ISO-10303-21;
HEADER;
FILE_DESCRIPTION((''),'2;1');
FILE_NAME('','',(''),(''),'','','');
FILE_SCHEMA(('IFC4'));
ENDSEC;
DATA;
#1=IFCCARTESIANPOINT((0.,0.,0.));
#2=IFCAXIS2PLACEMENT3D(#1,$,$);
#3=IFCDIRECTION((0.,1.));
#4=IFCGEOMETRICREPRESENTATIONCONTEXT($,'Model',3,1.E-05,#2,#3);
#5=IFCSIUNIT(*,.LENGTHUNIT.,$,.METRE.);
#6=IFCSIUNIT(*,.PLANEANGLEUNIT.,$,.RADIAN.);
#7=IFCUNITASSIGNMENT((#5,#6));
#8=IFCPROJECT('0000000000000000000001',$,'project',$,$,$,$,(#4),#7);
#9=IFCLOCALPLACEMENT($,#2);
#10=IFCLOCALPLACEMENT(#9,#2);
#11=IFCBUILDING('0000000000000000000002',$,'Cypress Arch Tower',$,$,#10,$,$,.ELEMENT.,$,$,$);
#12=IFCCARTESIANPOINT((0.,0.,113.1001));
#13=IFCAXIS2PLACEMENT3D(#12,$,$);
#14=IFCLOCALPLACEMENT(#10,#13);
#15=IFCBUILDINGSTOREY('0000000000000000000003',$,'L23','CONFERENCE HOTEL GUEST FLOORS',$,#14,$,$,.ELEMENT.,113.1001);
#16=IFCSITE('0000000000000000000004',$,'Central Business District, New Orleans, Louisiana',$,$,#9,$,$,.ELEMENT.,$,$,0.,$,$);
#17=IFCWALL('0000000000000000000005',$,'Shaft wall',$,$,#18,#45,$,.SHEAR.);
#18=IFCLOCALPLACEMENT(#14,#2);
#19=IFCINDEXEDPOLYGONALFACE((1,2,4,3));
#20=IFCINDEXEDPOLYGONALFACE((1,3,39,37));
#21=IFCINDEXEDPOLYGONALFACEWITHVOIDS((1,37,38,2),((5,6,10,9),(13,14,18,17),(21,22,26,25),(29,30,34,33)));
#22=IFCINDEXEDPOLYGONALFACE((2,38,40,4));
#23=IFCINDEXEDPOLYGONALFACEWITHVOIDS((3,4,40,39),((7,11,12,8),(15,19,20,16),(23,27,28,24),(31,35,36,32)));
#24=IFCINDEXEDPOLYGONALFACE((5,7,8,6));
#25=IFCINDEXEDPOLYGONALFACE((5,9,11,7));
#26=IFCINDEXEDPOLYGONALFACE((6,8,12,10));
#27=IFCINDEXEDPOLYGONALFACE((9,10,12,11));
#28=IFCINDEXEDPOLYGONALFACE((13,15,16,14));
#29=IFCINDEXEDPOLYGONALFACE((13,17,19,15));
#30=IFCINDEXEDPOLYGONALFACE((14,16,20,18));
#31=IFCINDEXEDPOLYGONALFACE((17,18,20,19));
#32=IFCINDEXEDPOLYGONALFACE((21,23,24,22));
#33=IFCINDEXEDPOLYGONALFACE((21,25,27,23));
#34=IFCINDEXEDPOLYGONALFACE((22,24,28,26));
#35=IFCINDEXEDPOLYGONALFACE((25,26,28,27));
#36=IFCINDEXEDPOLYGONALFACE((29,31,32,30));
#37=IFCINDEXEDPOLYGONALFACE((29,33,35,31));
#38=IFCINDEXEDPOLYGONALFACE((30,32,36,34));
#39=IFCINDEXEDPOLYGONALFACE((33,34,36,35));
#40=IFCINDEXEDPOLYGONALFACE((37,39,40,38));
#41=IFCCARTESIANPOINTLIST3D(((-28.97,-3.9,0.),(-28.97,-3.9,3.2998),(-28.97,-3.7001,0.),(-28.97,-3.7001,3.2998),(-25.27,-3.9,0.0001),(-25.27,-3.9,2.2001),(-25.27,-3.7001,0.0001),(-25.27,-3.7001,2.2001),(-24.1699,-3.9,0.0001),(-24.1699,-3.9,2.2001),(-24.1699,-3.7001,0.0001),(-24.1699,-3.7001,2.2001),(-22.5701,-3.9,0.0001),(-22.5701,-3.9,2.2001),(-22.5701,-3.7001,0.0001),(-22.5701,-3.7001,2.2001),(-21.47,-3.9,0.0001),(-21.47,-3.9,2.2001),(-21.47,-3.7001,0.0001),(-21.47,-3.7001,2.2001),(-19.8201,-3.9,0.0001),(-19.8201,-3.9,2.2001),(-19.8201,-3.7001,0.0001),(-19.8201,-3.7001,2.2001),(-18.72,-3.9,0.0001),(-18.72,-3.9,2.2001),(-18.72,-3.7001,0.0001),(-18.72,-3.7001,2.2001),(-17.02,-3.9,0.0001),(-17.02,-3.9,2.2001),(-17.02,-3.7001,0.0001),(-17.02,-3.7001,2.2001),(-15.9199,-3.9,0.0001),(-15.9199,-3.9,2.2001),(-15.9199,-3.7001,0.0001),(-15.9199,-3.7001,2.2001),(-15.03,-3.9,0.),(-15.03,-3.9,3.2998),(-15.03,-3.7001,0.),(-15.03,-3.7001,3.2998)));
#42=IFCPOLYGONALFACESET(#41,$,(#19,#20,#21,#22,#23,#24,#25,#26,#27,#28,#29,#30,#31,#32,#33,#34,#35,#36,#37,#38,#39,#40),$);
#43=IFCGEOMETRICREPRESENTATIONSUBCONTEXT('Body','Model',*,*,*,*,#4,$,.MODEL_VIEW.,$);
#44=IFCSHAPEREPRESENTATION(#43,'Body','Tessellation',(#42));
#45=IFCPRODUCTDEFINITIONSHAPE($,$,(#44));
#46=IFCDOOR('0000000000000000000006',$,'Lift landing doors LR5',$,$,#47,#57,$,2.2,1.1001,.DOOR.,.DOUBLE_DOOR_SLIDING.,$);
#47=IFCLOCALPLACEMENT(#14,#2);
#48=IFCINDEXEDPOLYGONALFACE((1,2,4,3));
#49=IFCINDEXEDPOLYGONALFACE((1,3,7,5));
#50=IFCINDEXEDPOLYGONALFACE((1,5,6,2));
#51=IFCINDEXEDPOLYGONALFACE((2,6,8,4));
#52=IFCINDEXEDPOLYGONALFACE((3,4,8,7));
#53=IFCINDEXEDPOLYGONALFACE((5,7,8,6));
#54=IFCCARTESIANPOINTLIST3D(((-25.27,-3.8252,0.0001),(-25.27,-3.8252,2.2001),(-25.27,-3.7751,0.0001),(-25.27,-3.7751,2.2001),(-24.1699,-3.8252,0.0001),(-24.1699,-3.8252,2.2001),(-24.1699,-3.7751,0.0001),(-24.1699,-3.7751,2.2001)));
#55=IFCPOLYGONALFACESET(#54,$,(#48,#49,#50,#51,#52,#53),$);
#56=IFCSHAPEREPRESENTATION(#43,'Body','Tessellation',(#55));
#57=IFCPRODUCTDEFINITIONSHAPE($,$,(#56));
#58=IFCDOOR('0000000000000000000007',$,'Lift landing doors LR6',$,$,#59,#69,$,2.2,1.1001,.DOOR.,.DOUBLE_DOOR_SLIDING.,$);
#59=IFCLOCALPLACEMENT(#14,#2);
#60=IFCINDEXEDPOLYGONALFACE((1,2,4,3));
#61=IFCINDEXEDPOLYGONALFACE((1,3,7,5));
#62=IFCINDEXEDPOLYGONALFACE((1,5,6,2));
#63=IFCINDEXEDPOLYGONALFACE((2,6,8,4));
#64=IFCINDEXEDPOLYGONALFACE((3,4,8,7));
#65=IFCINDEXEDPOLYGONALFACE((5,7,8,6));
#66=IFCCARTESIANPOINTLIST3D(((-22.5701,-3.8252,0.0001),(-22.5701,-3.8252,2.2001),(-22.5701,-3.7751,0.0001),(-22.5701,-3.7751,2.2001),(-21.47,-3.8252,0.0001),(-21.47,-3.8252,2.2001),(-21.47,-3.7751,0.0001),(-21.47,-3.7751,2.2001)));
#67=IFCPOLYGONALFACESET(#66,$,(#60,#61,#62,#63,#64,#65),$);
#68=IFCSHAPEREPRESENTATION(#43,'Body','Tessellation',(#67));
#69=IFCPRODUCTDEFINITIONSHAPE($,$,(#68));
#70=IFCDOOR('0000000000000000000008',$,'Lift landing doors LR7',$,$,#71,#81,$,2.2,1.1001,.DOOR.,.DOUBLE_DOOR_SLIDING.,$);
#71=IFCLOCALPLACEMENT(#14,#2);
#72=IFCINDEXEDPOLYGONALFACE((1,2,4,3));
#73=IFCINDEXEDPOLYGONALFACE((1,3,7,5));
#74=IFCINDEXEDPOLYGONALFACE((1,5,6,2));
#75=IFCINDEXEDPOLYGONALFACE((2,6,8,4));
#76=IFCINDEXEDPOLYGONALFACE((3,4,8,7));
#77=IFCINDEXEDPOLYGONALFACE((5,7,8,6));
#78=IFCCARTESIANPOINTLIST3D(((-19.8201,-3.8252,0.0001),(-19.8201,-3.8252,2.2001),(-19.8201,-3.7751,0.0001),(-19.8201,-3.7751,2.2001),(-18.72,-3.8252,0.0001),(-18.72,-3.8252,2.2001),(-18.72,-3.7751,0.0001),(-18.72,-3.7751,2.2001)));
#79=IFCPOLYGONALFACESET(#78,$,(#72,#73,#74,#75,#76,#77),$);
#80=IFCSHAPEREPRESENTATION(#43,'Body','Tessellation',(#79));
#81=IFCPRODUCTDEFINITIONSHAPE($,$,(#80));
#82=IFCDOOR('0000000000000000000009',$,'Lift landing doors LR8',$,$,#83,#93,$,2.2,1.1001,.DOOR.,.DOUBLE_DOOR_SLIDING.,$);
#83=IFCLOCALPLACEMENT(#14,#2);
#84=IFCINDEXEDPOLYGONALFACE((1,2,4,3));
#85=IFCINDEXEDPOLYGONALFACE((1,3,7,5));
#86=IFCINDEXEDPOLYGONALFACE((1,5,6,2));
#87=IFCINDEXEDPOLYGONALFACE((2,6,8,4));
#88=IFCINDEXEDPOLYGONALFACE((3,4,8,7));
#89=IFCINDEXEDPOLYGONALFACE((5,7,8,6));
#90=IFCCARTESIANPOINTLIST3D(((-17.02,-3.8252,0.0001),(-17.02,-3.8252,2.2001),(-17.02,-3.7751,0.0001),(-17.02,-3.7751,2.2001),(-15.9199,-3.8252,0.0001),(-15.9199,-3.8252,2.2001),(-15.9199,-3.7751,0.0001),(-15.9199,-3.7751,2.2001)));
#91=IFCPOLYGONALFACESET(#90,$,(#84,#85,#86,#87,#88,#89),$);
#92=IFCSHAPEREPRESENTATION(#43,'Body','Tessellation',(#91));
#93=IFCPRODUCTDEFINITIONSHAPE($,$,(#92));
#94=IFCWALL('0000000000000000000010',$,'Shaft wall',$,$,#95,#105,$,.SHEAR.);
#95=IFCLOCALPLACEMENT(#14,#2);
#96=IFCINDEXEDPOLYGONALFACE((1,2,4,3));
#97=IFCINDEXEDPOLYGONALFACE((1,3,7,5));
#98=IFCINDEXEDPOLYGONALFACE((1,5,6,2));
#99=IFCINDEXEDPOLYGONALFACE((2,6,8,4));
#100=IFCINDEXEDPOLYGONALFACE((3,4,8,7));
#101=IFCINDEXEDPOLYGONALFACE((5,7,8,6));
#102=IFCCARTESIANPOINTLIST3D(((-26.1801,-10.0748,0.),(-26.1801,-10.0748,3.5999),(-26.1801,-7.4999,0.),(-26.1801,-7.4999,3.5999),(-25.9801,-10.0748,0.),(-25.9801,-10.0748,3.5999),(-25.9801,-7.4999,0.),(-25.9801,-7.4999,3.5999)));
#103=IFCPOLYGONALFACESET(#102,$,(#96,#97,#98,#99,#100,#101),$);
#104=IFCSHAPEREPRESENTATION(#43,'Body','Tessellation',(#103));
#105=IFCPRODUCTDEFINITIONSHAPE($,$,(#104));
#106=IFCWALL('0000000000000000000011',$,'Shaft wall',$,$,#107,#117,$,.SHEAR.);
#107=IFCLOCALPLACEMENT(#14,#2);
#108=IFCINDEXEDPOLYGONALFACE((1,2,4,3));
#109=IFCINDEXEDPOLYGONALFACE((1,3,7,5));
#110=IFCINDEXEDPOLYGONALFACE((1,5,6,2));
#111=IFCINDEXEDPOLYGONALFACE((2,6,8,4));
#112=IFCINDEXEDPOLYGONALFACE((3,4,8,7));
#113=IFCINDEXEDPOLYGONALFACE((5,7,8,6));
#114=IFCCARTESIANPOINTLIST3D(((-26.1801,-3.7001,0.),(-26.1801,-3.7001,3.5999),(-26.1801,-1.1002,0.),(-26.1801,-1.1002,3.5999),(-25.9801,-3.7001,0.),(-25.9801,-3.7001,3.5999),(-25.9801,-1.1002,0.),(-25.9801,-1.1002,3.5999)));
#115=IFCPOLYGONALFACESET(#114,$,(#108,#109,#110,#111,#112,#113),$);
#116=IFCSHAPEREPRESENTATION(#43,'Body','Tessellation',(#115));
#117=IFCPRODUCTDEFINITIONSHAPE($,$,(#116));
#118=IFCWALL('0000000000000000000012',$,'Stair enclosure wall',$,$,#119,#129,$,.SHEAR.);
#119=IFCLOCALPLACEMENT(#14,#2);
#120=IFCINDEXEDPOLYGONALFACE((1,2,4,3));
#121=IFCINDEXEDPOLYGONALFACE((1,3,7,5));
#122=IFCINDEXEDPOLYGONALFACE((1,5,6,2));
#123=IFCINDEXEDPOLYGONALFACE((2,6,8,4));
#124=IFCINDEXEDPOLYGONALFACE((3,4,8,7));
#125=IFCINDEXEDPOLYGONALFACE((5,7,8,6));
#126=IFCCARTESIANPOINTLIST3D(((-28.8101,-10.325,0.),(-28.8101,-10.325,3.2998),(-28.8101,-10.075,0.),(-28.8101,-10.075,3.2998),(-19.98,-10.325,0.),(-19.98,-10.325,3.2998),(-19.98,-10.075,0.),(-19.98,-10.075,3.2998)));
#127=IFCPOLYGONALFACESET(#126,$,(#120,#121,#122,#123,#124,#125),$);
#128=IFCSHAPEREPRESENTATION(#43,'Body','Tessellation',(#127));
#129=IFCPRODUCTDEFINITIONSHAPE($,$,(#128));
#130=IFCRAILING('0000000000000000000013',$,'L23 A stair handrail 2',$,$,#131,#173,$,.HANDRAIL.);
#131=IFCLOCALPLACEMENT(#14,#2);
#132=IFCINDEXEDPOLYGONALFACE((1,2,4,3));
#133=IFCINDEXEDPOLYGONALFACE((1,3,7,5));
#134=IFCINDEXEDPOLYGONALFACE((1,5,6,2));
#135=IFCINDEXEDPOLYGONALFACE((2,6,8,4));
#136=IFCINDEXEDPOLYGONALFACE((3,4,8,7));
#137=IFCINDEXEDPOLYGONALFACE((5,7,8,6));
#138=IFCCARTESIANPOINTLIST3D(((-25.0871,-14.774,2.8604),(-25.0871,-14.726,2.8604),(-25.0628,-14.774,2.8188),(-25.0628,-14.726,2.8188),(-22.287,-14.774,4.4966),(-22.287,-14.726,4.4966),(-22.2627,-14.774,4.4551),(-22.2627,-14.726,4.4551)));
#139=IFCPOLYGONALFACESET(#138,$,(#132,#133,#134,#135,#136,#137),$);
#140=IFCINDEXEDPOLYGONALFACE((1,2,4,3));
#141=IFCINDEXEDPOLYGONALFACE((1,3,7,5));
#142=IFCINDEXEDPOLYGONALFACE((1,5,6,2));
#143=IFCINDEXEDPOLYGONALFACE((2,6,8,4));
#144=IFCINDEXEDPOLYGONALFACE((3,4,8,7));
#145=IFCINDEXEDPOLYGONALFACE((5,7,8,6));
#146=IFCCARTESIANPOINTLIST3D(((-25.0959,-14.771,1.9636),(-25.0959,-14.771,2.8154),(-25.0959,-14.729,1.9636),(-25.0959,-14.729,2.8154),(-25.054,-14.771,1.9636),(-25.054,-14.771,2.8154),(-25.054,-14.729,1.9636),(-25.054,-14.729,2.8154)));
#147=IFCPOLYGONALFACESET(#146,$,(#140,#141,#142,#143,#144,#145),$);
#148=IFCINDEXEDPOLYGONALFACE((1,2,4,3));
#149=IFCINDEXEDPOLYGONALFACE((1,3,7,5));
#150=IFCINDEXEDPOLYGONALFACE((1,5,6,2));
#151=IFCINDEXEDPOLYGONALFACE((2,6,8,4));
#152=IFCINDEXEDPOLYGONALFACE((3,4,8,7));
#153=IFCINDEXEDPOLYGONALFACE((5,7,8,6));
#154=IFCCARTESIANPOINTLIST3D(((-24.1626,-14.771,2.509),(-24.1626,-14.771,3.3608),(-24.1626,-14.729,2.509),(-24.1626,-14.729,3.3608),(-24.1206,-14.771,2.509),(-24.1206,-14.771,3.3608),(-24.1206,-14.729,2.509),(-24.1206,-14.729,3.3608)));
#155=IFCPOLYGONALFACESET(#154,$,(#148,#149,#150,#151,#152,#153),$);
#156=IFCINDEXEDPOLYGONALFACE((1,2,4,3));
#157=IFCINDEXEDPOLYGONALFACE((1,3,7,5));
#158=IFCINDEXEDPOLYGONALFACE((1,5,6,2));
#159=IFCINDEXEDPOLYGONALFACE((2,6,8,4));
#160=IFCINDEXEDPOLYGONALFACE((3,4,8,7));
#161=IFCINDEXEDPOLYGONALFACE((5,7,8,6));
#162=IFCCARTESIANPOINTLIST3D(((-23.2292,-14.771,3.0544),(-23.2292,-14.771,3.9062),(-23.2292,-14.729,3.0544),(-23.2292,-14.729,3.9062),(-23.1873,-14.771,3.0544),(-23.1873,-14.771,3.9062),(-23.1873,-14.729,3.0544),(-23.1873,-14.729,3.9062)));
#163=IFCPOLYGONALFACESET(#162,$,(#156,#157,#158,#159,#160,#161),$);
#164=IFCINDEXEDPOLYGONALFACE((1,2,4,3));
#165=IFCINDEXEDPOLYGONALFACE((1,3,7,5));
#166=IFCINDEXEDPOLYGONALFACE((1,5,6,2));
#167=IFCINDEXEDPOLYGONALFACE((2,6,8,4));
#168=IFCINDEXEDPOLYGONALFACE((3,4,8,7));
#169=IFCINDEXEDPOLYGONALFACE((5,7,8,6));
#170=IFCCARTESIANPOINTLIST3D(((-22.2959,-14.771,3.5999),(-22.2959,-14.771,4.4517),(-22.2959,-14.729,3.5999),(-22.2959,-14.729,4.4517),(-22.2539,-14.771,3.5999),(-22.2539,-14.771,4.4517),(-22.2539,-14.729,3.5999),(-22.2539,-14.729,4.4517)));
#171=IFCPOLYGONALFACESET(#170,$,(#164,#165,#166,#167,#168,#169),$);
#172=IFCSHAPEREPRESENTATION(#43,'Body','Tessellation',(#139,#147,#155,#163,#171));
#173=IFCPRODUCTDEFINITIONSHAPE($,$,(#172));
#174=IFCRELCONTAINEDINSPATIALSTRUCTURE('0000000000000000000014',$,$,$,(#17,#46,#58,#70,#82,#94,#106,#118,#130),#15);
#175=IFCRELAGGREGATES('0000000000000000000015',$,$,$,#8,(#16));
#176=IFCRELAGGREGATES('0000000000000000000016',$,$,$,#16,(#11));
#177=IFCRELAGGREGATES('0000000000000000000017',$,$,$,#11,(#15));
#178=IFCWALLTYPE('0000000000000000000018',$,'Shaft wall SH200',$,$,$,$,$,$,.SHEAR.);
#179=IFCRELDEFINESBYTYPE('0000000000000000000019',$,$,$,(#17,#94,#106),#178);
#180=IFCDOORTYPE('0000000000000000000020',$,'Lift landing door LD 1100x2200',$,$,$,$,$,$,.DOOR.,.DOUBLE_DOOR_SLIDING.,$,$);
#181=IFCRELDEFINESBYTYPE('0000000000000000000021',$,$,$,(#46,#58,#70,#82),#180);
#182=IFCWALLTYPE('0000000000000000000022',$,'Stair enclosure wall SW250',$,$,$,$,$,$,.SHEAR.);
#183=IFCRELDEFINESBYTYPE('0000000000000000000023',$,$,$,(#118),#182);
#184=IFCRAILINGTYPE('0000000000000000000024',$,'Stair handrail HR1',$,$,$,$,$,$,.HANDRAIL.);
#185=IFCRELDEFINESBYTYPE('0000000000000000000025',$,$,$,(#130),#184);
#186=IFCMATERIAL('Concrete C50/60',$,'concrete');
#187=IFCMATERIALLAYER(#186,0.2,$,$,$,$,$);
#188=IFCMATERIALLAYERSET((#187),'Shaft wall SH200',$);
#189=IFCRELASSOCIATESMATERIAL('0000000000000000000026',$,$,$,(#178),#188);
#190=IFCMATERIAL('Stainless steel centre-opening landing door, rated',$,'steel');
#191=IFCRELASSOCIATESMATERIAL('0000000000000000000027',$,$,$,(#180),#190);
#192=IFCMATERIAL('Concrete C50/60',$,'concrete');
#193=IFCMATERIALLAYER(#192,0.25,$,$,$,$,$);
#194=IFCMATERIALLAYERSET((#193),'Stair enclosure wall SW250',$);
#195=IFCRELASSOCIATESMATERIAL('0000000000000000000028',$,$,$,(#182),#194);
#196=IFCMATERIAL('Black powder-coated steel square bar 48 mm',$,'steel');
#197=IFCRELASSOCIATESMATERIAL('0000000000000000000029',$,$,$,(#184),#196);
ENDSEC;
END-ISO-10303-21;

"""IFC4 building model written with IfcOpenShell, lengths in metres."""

from ifc_helpers import new_model, si_unit, direction, frame, frame_2d, origin, origin_2d, place, context, subcontext, project, spatial, rectangle, extrude, material, layer, layer_set, type_object, element, fill, save


model = new_model("IFC4")

# Units and contexts
model_context = context("Model", 3, precision=1e-05, world=origin(), true_north=direction((0.0, 1.0)))
body_context = subcontext(model_context, "Body", "Model", "MODEL_VIEW")
ifc_project = project(units=[si_unit("LENGTHUNIT", "METRE"), si_unit("PLANEANGLEUNIT", "RADIAN")], contexts=[model_context])

# Site, building, storey
site_placement = place(None, origin())
site = spatial("IfcSite", under=ifc_project, at=site_placement, Name="Central Business District, New Orleans, Louisiana", CompositionType="ELEMENT", RefElevation=0.0)
building_placement = place(site_placement, origin())
building = spatial("IfcBuilding", under=site, at=building_placement, Name="Cypress Arch Tower", CompositionType="ELEMENT")
storey_placement = place(building_placement, frame((0.0, 0.0, 113.1001)))
storey = spatial("IfcBuildingStorey", under=building, at=storey_placement, Name="L23", Description="CONFERENCE HOTEL GUEST FLOORS", CompositionType="ELEMENT", Elevation=113.1001)

# Wall, openings, doors
ifc_material_1 = material(Name="Concrete C50/60", Category="concrete")
ifc_layer_1 = layer(ifc_material_1, 0.2)
ifc_layer_set_1 = layer_set([ifc_layer_1], Name="Shaft wall SH200")
wall_type_1 = type_object("IfcWallType", Name="Shaft wall SH200", PredefinedType="SHEAR", material=ifc_layer_set_1)
ifc_material_2 = material(Name="Stainless steel centre-opening landing door, rated", Category="steel")
door_type_1 = type_object("IfcDoorType", Name="Lift landing door LD 1100x2200", OperationType="DOUBLE_DOOR_SLIDING", PredefinedType="DOOR", material=ifc_material_2)
wall_1_placement = place(storey_placement, frame((-28.97, -3.8, 0.0), z_axis=(0.0, 0.0, 1.0), x_axis=(1.0, 0.0, 0.0)))
wall_1 = element("IfcWall", 1, at=wall_1_placement, inside=storey, type_object=wall_type_1, Name="Shaft wall", PredefinedType="SHEAR", context=body_context, shape_type="SweptSolid", body=[
    extrude(rectangle(XDim=13.9399, YDim=0.2, at=frame_2d((6.97, 0.0))), origin(), (0.0, 0.0, 1.0), 3.2998),
])
opening_1_placement = place(wall_1_placement, frame((3.7, 0.0, 0.0)))
opening_1 = element("IfcOpeningElement", 2, at=opening_1_placement, cuts=wall_1, PredefinedType="OPENING", context=body_context, shape_type="SweptSolid", body=[
    extrude(rectangle(XDim=1.1001, YDim=2.2, at=frame_2d((0.55, 1.1001))), frame((0.0, 0.1099, 0.0), z_axis=(0.0, -1.0, 0.0), x_axis=(1.0, 0.0, 0.0)), (0.0, 0.0, 1.0), 0.22),
])
opening_2_placement = place(wall_1_placement, frame((6.3999, 0.0, 0.0)))
opening_2 = element("IfcOpeningElement", 3, at=opening_2_placement, cuts=wall_1, PredefinedType="OPENING", context=body_context, shape_type="SweptSolid", body=[
    extrude(rectangle(XDim=1.1001, YDim=2.2, at=frame_2d((0.55, 1.1001))), frame((0.0, 0.1099, 0.0), z_axis=(0.0, -1.0, 0.0), x_axis=(1.0, 0.0, 0.0)), (0.0, 0.0, 1.0), 0.22),
])
opening_3_placement = place(wall_1_placement, frame((9.1499, 0.0, 0.0)))
opening_3 = element("IfcOpeningElement", 4, at=opening_3_placement, cuts=wall_1, PredefinedType="OPENING", context=body_context, shape_type="SweptSolid", body=[
    extrude(rectangle(XDim=1.1001, YDim=2.2, at=frame_2d((0.55, 1.1001))), frame((0.0, 0.1099, 0.0), z_axis=(0.0, -1.0, 0.0), x_axis=(1.0, 0.0, 0.0)), (0.0, 0.0, 1.0), 0.22),
])
opening_4_placement = place(wall_1_placement, frame((11.95, 0.0, 0.0)))
opening_4 = element("IfcOpeningElement", 5, at=opening_4_placement, cuts=wall_1, PredefinedType="OPENING", context=body_context, shape_type="SweptSolid", body=[
    extrude(rectangle(XDim=1.1001, YDim=2.2, at=frame_2d((0.55, 1.1001))), frame((0.0, 0.1099, 0.0), z_axis=(0.0, -1.0, 0.0), x_axis=(1.0, 0.0, 0.0)), (0.0, 0.0, 1.0), 0.22),
])
door_1_placement = place(opening_1_placement, origin())
door_1 = element("IfcDoor", 6, at=door_1_placement, inside=storey, type_object=door_type_1, Name="Lift landing doors LR5", OperationType="DOUBLE_DOOR_SLIDING", OverallHeight=2.2, OverallWidth=1.1001, PredefinedType="DOOR", context=body_context, shape_type="SweptSolid", body=[
    extrude(rectangle(XDim=1.1001, YDim=2.2, at=frame_2d((0.55, 1.1001))), frame((0.0, 0.0249, 0.0), z_axis=(0.0, -1.0, 0.0), x_axis=(1.0, 0.0, 0.0)), (0.0, 0.0, 1.0), 0.05),
])
fill(opening_1, door_1)
door_2_placement = place(opening_2_placement, origin())
door_2 = element("IfcDoor", 7, at=door_2_placement, inside=storey, type_object=door_type_1, Name="Lift landing doors LR6", OperationType="DOUBLE_DOOR_SLIDING", OverallHeight=2.2, OverallWidth=1.1001, PredefinedType="DOOR", context=body_context, shape_type="SweptSolid", body=[
    extrude(rectangle(XDim=1.1001, YDim=2.2, at=frame_2d((0.55, 1.1001))), frame((0.0, 0.0249, 0.0), z_axis=(0.0, -1.0, 0.0), x_axis=(1.0, 0.0, 0.0)), (0.0, 0.0, 1.0), 0.05),
])
fill(opening_2, door_2)
door_3_placement = place(opening_3_placement, origin())
door_3 = element("IfcDoor", 8, at=door_3_placement, inside=storey, type_object=door_type_1, Name="Lift landing doors LR7", OperationType="DOUBLE_DOOR_SLIDING", OverallHeight=2.2, OverallWidth=1.1001, PredefinedType="DOOR", context=body_context, shape_type="SweptSolid", body=[
    extrude(rectangle(XDim=1.1001, YDim=2.2, at=frame_2d((0.55, 1.1001))), frame((0.0, 0.0249, 0.0), z_axis=(0.0, -1.0, 0.0), x_axis=(1.0, 0.0, 0.0)), (0.0, 0.0, 1.0), 0.05),
])
fill(opening_3, door_3)
door_4_placement = place(opening_4_placement, origin())
door_4 = element("IfcDoor", 9, at=door_4_placement, inside=storey, type_object=door_type_1, Name="Lift landing doors LR8", OperationType="DOUBLE_DOOR_SLIDING", OverallHeight=2.2, OverallWidth=1.1001, PredefinedType="DOOR", context=body_context, shape_type="SweptSolid", body=[
    extrude(rectangle(XDim=1.1001, YDim=2.2, at=frame_2d((0.55, 1.1001))), frame((0.0, 0.0249, 0.0), z_axis=(0.0, -1.0, 0.0), x_axis=(1.0, 0.0, 0.0)), (0.0, 0.0, 1.0), 0.05),
])
fill(opening_4, door_4)

# Walls
wall_2_placement = place(storey_placement, frame((-26.0801, -10.075, 0.0), z_axis=(0.0, 0.0, 1.0), x_axis=(0.0, 1.0, 0.0)))
element("IfcWall", 10, at=wall_2_placement, inside=storey, type_object=wall_type_1, Name="Shaft wall", PredefinedType="SHEAR", context=body_context, shape_type="SweptSolid", body=[
    extrude(rectangle(XDim=2.575, YDim=0.2, at=frame_2d((1.2876, 0.0))), origin(), (0.0, 0.0, 1.0), 3.5999),
])
wall_3_placement = place(storey_placement, frame((-26.0801, -3.7, 0.0), z_axis=(0.0, 0.0, 1.0), x_axis=(0.0, 1.0, 0.0)))
element("IfcWall", 11, at=wall_3_placement, inside=storey, type_object=wall_type_1, Name="Shaft wall", PredefinedType="SHEAR", context=body_context, shape_type="SweptSolid", body=[
    extrude(rectangle(XDim=2.5999, YDim=0.2, at=frame_2d((1.2998, 0.0))), origin(), (0.0, 0.0, 1.0), 3.5999),
])
ifc_material_3 = material(Name="Concrete C50/60", Category="concrete")
ifc_layer_2 = layer(ifc_material_3, 0.25)
ifc_layer_set_2 = layer_set([ifc_layer_2], Name="Stair enclosure wall SW250")
wall_type_2 = type_object("IfcWallType", Name="Stair enclosure wall SW250", PredefinedType="SHEAR", material=ifc_layer_set_2)
wall_4_placement = place(storey_placement, frame((-28.8101, -10.2, 0.0), z_axis=(0.0, 0.0, 1.0), x_axis=(1.0, 0.0, 0.0)))
element("IfcWall", 12, at=wall_4_placement, inside=storey, type_object=wall_type_2, Name="Stair enclosure wall", PredefinedType="SHEAR", context=body_context, shape_type="SweptSolid", body=[
    extrude(rectangle(XDim=8.8301, YDim=0.25, at=frame_2d((4.415, 0.0))), origin(), (0.0, 0.0, 1.0), 3.2998),
])

# Railing
ifc_material_4 = material(Name="Black powder-coated steel square bar 48 mm", Category="steel")
railing_type_1 = type_object("IfcRailingType", Name="Stair handrail HR1", PredefinedType="HANDRAIL", material=ifc_material_4)
railing_1_placement = place(storey_placement, frame((-25.075, -14.75, 1.9636)))
element("IfcRailing", 13, at=railing_1_placement, inside=storey, type_object=railing_type_1, Name="L23 A stair handrail 2", PredefinedType="HANDRAIL", context=body_context, shape_type="SweptSolid", body=[
    extrude(rectangle(XDim=0.0481, YDim=0.0481, at=origin_2d()), frame((0.0, 0.0, 0.876), z_axis=(0.863394, 0.0, 0.504531), x_axis=(0.0, 1.0, 0.0)), (0.0, 0.0, 1.0), 3.2432),
    extrude(rectangle(XDim=0.042, YDim=0.042, at=origin_2d()), origin(), (0.0, 0.0, 1.0), 0.8518),
    extrude(rectangle(XDim=0.042, YDim=0.042, at=origin_2d()), frame((0.9333, 0.0, 0.5454)), (0.0, 0.0, 1.0), 0.8518),
    extrude(rectangle(XDim=0.042, YDim=0.042, at=origin_2d()), frame((1.8667, 0.0, 1.0908)), (0.0, 0.0, 1.0), 0.8518),
    extrude(rectangle(XDim=0.042, YDim=0.042, at=origin_2d()), frame((2.8, 0.0, 1.6362)), (0.0, 0.0, 1.0), 0.8518),
])

save(model, "model.ifc")
